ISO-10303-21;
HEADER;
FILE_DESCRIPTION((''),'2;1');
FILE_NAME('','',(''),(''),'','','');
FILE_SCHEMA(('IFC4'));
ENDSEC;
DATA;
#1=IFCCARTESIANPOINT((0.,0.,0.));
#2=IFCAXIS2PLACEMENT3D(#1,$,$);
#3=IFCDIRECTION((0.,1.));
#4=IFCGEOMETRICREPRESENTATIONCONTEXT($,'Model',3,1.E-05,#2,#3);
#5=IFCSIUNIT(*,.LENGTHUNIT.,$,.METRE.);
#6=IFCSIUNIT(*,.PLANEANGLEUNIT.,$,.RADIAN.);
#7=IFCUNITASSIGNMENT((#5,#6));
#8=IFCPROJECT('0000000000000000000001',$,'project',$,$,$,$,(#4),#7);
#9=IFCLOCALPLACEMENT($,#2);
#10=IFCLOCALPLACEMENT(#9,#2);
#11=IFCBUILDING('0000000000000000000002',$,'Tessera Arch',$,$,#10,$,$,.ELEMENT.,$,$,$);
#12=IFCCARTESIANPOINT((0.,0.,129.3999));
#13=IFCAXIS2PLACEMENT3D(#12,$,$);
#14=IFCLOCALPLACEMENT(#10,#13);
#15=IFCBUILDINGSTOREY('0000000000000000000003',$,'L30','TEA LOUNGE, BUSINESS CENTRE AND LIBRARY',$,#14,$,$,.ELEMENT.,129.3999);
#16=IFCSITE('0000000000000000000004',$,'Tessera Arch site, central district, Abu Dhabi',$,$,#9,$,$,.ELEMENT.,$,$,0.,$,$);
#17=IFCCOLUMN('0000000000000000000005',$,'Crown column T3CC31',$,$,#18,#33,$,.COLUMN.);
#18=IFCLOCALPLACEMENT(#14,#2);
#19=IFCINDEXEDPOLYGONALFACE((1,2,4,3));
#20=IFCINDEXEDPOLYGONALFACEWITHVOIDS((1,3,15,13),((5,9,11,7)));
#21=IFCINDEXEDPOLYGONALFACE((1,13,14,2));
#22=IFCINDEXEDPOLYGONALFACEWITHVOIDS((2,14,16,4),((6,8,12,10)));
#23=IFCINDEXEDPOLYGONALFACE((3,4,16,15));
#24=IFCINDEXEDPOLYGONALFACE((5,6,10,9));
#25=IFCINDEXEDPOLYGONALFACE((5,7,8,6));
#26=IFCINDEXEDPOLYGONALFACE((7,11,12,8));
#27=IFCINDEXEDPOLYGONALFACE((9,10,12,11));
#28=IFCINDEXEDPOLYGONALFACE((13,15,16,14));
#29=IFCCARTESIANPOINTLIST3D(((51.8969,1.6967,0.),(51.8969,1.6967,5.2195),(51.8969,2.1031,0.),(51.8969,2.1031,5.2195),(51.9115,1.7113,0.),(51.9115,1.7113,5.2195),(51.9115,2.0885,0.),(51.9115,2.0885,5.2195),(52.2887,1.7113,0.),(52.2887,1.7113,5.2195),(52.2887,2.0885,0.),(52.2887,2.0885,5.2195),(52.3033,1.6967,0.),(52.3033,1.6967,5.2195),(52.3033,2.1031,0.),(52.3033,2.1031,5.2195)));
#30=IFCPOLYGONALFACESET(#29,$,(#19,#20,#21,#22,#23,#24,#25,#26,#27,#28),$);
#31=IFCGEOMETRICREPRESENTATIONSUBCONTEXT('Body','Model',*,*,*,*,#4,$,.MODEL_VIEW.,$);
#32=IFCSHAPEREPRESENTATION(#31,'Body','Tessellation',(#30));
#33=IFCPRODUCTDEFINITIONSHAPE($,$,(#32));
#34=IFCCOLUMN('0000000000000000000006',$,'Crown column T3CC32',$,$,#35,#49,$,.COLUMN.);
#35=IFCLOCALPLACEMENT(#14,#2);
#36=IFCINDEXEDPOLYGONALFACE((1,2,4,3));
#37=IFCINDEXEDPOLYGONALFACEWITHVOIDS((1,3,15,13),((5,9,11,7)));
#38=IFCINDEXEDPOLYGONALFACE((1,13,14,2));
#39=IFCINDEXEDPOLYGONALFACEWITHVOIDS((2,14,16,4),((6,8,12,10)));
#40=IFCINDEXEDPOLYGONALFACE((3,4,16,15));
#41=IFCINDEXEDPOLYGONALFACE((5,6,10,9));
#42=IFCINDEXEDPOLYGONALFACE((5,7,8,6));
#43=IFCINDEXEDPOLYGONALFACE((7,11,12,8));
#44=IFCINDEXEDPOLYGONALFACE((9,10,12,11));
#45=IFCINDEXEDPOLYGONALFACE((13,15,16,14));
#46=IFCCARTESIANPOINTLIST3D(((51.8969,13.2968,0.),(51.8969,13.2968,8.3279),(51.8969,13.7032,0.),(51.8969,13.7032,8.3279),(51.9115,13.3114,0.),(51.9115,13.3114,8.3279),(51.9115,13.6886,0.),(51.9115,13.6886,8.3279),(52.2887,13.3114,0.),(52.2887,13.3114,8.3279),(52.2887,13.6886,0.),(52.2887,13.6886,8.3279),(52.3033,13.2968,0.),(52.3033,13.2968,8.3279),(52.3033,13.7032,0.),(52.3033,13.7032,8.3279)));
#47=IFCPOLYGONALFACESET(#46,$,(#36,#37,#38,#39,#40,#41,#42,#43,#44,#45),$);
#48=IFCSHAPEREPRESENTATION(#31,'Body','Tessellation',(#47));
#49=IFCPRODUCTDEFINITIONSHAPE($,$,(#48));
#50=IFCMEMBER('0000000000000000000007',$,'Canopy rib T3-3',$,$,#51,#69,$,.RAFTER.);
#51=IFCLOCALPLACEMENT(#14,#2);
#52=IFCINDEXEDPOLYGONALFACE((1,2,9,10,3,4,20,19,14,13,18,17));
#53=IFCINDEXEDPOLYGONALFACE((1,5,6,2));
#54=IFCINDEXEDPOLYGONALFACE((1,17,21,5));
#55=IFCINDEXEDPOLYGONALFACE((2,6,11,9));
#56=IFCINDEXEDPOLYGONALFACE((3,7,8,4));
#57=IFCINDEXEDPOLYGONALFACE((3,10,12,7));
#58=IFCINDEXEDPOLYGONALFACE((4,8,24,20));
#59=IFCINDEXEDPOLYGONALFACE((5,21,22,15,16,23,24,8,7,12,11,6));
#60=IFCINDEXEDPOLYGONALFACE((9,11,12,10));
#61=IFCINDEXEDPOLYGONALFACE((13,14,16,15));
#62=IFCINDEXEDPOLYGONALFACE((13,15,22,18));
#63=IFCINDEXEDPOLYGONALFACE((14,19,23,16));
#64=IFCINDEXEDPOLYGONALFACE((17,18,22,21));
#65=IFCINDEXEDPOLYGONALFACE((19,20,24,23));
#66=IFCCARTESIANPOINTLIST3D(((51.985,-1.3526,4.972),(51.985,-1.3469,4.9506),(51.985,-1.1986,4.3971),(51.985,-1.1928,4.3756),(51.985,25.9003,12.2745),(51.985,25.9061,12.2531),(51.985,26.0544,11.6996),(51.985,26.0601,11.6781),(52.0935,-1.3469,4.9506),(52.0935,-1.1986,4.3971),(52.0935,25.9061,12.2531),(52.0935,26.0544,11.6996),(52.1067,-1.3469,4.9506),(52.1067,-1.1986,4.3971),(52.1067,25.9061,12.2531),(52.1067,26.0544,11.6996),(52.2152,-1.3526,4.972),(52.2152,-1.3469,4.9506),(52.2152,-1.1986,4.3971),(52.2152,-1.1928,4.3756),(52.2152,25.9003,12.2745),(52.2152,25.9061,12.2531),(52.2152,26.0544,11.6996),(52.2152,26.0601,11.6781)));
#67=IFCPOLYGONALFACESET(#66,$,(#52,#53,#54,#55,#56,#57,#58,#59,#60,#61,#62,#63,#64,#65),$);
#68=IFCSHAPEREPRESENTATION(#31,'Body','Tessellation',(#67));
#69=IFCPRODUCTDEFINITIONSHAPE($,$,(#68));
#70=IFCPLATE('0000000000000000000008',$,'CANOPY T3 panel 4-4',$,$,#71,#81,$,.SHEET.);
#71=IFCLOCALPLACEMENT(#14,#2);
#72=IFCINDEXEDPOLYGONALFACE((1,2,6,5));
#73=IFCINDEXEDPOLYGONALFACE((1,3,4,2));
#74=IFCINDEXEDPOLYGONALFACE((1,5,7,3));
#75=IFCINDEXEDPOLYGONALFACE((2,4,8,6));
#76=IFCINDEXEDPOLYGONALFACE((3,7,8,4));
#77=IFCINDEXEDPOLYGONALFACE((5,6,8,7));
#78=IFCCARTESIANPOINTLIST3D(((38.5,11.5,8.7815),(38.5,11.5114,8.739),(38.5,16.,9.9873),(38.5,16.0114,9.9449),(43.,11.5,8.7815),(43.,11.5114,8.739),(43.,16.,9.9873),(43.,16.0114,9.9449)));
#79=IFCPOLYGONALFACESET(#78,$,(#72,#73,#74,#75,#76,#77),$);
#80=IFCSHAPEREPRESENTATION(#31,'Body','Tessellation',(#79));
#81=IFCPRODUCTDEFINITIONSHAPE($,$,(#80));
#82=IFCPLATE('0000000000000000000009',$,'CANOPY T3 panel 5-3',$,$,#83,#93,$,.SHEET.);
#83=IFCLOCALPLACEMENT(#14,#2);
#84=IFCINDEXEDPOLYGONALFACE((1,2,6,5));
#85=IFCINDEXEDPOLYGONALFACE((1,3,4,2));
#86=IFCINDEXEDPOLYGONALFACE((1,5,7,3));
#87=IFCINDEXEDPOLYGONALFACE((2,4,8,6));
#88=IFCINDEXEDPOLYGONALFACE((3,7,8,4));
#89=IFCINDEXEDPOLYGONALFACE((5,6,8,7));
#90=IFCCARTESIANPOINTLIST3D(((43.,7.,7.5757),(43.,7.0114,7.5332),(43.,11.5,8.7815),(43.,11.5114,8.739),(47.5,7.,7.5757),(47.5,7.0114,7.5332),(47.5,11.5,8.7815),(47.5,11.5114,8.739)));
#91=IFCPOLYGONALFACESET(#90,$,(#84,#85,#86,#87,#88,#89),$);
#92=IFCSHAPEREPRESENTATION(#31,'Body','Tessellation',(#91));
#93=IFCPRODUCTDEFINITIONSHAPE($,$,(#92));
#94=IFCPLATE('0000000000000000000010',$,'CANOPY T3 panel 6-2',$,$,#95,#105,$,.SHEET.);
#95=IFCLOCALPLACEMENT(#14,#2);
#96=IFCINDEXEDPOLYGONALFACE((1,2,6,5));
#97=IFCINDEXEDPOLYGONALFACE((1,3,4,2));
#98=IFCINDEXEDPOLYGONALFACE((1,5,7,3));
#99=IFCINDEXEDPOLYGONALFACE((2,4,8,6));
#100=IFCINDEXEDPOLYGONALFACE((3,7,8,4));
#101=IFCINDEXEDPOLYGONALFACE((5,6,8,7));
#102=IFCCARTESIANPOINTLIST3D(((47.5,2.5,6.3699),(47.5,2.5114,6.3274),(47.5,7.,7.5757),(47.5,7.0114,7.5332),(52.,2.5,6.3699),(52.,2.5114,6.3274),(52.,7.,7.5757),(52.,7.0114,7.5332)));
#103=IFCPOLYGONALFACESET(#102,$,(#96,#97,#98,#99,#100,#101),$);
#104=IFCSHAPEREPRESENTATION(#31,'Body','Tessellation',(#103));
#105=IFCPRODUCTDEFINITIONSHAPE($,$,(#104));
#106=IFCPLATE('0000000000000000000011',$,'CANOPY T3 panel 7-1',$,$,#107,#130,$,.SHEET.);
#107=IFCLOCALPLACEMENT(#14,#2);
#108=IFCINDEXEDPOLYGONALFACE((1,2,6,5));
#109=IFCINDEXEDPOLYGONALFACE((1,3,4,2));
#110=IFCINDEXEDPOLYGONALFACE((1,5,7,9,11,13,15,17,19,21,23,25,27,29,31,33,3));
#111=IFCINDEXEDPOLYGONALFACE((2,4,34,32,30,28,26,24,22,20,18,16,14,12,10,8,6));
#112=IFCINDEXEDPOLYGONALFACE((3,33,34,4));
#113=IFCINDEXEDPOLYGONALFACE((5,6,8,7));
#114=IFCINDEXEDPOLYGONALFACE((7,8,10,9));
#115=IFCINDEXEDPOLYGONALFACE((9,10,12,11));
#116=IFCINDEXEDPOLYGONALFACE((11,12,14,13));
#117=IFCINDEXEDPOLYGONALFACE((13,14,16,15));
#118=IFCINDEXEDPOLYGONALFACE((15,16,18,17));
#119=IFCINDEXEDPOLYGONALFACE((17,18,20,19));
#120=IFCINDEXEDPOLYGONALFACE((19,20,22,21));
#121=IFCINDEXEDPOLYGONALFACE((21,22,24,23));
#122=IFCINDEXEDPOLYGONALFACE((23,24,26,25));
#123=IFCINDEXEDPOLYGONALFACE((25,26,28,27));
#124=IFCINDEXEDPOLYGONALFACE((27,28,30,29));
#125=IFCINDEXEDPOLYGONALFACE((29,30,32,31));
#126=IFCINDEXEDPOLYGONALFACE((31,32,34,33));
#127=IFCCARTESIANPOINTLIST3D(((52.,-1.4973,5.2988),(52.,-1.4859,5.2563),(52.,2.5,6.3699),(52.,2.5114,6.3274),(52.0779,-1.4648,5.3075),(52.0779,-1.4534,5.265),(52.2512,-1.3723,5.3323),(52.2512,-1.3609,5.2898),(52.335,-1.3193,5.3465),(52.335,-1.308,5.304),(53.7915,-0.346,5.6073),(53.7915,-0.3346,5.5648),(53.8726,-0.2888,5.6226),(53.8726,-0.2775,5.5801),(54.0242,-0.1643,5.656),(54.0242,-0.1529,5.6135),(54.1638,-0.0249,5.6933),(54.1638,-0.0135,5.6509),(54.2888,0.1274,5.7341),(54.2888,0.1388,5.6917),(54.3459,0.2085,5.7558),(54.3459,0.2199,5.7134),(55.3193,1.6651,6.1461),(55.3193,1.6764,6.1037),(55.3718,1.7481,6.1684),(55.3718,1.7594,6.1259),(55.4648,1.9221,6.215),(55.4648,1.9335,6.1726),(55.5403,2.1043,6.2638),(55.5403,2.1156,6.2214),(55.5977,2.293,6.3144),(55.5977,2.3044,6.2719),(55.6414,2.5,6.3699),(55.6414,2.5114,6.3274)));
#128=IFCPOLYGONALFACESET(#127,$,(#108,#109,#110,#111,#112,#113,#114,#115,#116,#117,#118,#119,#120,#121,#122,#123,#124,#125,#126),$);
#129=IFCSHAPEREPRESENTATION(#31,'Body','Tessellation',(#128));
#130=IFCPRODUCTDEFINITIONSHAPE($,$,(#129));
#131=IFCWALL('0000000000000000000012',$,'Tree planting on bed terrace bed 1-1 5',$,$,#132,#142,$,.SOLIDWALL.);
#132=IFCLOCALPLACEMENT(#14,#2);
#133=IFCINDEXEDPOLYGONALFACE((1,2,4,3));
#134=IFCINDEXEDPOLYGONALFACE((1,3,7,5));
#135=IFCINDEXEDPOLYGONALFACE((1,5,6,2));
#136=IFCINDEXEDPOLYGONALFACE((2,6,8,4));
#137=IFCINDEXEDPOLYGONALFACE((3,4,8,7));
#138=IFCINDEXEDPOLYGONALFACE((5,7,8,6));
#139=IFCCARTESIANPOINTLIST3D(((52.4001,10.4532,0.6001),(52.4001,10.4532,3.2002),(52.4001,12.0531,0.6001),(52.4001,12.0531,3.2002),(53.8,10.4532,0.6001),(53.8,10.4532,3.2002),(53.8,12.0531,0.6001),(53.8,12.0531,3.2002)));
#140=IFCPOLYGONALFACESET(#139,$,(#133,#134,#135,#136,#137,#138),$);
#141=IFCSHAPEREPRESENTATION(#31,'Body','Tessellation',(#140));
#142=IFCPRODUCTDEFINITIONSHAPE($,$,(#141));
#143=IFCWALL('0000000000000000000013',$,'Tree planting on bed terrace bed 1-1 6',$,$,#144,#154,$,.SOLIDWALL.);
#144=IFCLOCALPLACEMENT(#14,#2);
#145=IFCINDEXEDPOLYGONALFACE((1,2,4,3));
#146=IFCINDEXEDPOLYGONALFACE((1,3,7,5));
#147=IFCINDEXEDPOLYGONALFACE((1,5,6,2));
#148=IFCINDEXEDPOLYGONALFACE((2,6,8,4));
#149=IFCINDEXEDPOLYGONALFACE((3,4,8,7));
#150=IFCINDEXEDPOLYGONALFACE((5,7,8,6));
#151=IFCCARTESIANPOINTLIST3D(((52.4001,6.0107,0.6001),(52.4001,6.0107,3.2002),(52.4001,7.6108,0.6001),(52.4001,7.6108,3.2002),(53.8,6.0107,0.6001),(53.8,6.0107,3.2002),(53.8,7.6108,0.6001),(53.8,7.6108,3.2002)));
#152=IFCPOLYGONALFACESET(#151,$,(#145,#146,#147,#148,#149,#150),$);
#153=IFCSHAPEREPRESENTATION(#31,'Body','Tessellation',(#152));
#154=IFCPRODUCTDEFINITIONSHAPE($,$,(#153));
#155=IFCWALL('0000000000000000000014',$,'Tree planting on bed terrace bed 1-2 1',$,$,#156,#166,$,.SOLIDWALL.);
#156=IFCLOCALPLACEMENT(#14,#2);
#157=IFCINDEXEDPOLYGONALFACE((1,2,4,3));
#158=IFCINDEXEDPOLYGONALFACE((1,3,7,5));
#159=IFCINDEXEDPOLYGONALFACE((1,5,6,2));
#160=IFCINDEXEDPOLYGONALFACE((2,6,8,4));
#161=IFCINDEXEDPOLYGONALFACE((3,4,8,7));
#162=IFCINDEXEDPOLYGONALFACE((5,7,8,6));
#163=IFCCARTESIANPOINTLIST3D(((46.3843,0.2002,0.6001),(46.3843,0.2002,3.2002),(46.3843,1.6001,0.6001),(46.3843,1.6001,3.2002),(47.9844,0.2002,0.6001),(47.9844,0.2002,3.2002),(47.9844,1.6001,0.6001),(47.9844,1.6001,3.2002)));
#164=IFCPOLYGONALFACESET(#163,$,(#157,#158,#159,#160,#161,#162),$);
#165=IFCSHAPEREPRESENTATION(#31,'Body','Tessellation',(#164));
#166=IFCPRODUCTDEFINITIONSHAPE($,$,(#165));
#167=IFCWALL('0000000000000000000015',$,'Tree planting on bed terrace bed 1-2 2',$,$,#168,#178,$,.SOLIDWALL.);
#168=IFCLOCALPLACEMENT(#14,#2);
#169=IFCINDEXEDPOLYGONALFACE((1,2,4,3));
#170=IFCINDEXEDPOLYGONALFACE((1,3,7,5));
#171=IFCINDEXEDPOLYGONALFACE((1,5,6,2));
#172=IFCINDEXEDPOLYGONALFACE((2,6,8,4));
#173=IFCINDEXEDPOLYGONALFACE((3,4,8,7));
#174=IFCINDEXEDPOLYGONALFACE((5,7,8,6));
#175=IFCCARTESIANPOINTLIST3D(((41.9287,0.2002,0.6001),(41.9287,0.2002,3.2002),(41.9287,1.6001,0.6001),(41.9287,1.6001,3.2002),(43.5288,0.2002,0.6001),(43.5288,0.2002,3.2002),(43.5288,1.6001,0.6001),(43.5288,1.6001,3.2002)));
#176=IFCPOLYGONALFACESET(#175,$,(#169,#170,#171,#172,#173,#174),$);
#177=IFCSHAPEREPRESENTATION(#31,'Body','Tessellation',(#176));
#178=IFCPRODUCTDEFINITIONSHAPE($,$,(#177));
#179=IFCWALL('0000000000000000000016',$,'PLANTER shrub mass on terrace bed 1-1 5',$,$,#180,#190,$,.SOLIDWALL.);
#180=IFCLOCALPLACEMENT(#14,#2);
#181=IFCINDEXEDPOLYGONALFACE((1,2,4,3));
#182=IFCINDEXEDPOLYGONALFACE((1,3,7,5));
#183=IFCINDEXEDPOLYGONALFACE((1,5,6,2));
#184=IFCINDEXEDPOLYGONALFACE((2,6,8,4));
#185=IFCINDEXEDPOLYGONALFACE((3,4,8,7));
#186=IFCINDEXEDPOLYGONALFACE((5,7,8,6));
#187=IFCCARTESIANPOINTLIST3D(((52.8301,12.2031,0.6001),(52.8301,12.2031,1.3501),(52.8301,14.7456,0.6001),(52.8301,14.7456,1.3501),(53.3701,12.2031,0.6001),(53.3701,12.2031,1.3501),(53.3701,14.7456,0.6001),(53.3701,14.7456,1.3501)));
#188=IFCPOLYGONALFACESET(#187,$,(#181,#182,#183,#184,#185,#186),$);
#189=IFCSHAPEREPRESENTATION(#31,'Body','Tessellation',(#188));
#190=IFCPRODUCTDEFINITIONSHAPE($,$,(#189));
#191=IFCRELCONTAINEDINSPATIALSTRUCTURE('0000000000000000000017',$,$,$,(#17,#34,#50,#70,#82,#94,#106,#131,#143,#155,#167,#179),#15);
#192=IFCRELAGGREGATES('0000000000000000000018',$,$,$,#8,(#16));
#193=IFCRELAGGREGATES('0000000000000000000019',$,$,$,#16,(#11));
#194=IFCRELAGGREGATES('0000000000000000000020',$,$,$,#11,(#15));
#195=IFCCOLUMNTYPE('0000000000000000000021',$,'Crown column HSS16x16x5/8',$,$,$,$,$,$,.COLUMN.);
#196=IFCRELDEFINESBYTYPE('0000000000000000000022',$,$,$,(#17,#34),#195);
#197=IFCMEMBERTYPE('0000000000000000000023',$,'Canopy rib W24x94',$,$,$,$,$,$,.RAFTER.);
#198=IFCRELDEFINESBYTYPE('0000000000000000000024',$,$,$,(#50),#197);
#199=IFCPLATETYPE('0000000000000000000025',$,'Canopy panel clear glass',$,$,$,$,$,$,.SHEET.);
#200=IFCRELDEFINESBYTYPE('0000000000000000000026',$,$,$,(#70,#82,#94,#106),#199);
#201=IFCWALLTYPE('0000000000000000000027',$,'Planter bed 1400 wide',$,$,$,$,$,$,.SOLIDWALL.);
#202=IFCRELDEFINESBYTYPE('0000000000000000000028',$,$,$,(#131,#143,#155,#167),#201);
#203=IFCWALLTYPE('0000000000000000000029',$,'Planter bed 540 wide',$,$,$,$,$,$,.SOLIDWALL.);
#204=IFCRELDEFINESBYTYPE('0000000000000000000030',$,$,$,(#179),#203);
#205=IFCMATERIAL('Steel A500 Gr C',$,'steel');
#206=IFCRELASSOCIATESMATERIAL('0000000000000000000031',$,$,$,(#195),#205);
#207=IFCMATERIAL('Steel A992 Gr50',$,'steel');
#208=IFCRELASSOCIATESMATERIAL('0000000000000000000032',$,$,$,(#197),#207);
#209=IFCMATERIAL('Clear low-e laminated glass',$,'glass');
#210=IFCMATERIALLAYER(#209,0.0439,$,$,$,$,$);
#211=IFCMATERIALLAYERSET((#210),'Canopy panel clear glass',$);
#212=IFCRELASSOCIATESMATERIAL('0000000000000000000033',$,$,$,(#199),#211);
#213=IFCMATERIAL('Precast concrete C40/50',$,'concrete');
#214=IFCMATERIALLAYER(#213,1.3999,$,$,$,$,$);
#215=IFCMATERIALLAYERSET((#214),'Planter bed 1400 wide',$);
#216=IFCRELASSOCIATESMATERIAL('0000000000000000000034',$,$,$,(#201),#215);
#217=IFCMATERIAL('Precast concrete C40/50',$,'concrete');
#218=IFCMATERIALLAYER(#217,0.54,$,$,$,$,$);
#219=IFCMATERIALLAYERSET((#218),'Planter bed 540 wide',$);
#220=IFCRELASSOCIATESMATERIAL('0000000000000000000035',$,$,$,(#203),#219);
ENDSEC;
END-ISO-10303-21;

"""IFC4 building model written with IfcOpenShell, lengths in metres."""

from ifc_helpers import new_model, si_unit, direction, frame, frame_2d, origin, origin_2d, place, context, subcontext, project, spatial, polyline, rectangle, hollow_rectangle, i_section, outline, extrude, material, layer, layer_set, material_profile, profile_set, type_object, element, save


model = new_model("IFC4")

# Units and contexts
model_context = context("Model", 3, precision=1e-05, world=origin(), true_north=direction((0.0, 1.0)))
body_context = subcontext(model_context, "Body", "Model", "MODEL_VIEW")
ifc_project = project(units=[si_unit("LENGTHUNIT", "METRE"), si_unit("PLANEANGLEUNIT", "RADIAN")], contexts=[model_context])

# Site, building, storey
site_placement = place(None, origin())
site = spatial("IfcSite", under=ifc_project, at=site_placement, Name="Tessera Arch site, central district, Abu Dhabi", CompositionType="ELEMENT", RefElevation=0.0)
building_placement = place(site_placement, origin())
building = spatial("IfcBuilding", under=site, at=building_placement, Name="Tessera Arch", CompositionType="ELEMENT")
storey_placement = place(building_placement, frame((0.0, 0.0, 129.3999)))
storey = spatial("IfcBuildingStorey", under=building, at=storey_placement, Name="L30", Description="TEA LOUNGE, BUSINESS CENTRE AND LIBRARY", CompositionType="ELEMENT", Elevation=129.3999)

# Columns
ifc_material_1 = material(Name="Steel A500 Gr C", Category="steel")
ifc_material_profile_1 = material_profile(ifc_material_1, hollow_rectangle(XDim=0.4065, YDim=0.4065, WallThickness=0.0146, at=origin_2d()), Name="HSS16x16x5/8")
ifc_profile_set_1 = profile_set([ifc_material_profile_1], Name="Steel A500 Gr C")
column_type = type_object("IfcColumnType", Name="Crown column HSS16x16x5/8", PredefinedType="COLUMN", material=ifc_profile_set_1)
column_1_placement = place(storey_placement, frame((52.1001, 1.8999, 0.0), z_axis=(0.0, 0.0, 1.0), x_axis=(1.0, 0.0, 0.0)))
element("IfcColumn", 1, at=column_1_placement, inside=storey, type_object=column_type, Name="Crown column T3CC31", PredefinedType="COLUMN", context=body_context, shape_type="SweptSolid", body=[
    extrude(hollow_rectangle(XDim=0.4065, YDim=0.4065, WallThickness=0.0146, at=origin_2d()), origin(), (0.0, 0.0, 1.0), 5.2195),
])
column_2_placement = place(storey_placement, frame((52.1001, 13.5, 0.0), z_axis=(0.0, 0.0, 1.0), x_axis=(1.0, 0.0, 0.0)))
element("IfcColumn", 2, at=column_2_placement, inside=storey, type_object=column_type, Name="Crown column T3CC32", PredefinedType="COLUMN", context=body_context, shape_type="SweptSolid", body=[
    extrude(hollow_rectangle(XDim=0.4065, YDim=0.4065, WallThickness=0.0146, at=origin_2d()), origin(), (0.0, 0.0, 1.0), 8.3279),
])

# Member
ifc_material_2 = material(Name="Steel A992 Gr50", Category="steel")
ifc_material_profile_2 = material_profile(ifc_material_2, i_section(OverallWidth=0.2302, OverallDepth=0.6174, WebThickness=0.0132, FlangeThickness=0.0222, at=origin_2d()), Name="W24x94")
ifc_profile_set_2 = profile_set([ifc_material_profile_2], Name="Steel A992 Gr50")
member_type = type_object("IfcMemberType", Name="Canopy rib W24x94", PredefinedType="RAFTER", material=ifc_profile_set_2)
member_placement = place(storey_placement, frame((52.1001, -1.2727, 4.6738), z_axis=(0.0, 0.965925, 0.258822), x_axis=(-1.0, 0.0, 0.0)))
element("IfcMember", 3, at=member_placement, inside=storey, type_object=member_type, Name="Canopy rib T3-3", PredefinedType="RAFTER", context=body_context, shape_type="SweptSolid", body=[
    extrude(i_section(OverallWidth=0.2302, OverallDepth=0.6174, WebThickness=0.0132, FlangeThickness=0.0222, at=origin_2d()), origin(), (0.0, 0.0, 1.0), 28.2144),
])

# Plates
ifc_material_3 = material(Name="Clear low-e laminated glass", Category="glass")
ifc_layer_1 = layer(ifc_material_3, 0.0439)
ifc_layer_set_1 = layer_set([ifc_layer_1], Name="Canopy panel clear glass")
plate_type = type_object("IfcPlateType", Name="Canopy panel clear glass", PredefinedType="SHEET", material=ifc_layer_set_1)
for number, where, z_axis, x_axis, name in (
    (4, (43.0, 11.5, 8.7815), (0.0, -0.258827, 0.965924), (0.0, 0.965924, 0.258827), "CANOPY T3 panel 4-4"),
    (5, (47.5, 7.0, 7.5757), (0.0, -0.258827, 0.965924), (0.0, 0.965924, 0.258827), "CANOPY T3 panel 5-3"),
    (6, (52.0, 2.5, 6.3699), (0.0, -0.258827, 0.965924), (0.0, 0.965924, 0.258827), "CANOPY T3 panel 6-2"),
):
    element("IfcPlate", number, at=place(storey_placement, frame(where, z_axis=z_axis, x_axis=x_axis)), inside=storey, type_object=plate_type, Name=name, PredefinedType="SHEET", context=body_context, shape_type="SweptSolid", body=[
        extrude(outline(polyline([(0.0, 0.0), (4.6588, 0.0), (4.6588, 4.5), (0.0, 4.5), (0.0, 0.0)])), origin(), (0.0, 0.0, -1.0), 0.0439),
    ])
plate_placement = place(storey_placement, frame((52.0, 2.5, 6.3699), z_axis=(0.000003, -0.258825, 0.965924), x_axis=(0.0, -0.965924, -0.258825)))
element("IfcPlate", 7, at=plate_placement, inside=storey, type_object=plate_type, Name="CANOPY T3 panel 7-1", PredefinedType="SHEET", context=body_context, shape_type="SweptSolid", body=[
    extrude(outline(polyline([(0.0, 0.0), (4.1383, 0.0), (4.1047, 0.0779), (4.0089, 0.2512), (3.9541, 0.335), (2.9464, 1.7915), (2.8872, 1.8726), (2.7583, 2.0242), (2.614, 2.1638), (2.4563, 2.2888), (2.3723, 2.3459), (0.8644, 3.3193), (0.7785, 3.3718), (0.5983, 3.4648), (0.4097, 3.5403), (0.2143, 3.5977), (0.0, 3.6414), (0.0, 0.0)])), origin(), (0.0, 0.0, -1.0), 0.0439),
])

# Walls
ifc_material_4 = material(Name="Precast concrete C40/50", Category="concrete")
ifc_layer_2 = layer(ifc_material_4, 1.3999)
ifc_layer_set_2 = layer_set([ifc_layer_2], Name="Planter bed 1400 wide")
wall_type_1 = type_object("IfcWallType", Name="Planter bed 1400 wide", PredefinedType="SOLIDWALL", material=ifc_layer_set_2)
wall_1_placement = place(storey_placement, frame((53.1001, 12.053, 0.6001), z_axis=(0.0, 0.0, 1.0), x_axis=(0.0, -1.0, 0.0)))
element("IfcWall", 8, at=wall_1_placement, inside=storey, type_object=wall_type_1, Name="Tree planting on bed terrace bed 1-1 5", PredefinedType="SOLIDWALL", context=body_context, shape_type="SweptSolid", body=[
    extrude(rectangle(XDim=1.5999, YDim=1.3999, at=frame_2d((0.7998, 0.0))), origin(), (0.0, 0.0, 1.0), 2.6001),
])
for number, where, z_axis, x_axis, name in (
    (9, (53.1001, 7.6108, 0.6001), (0.0, 0.0, 1.0), (0.0, -1.0, 0.0), "Tree planting on bed terrace bed 1-1 6"),
    (10, (47.9844, 0.9001, 0.6001), (0.0, 0.0, 1.0), (-1.0, 0.0, 0.0), "Tree planting on bed terrace bed 1-2 1"),
    (11, (43.5288, 0.9001, 0.6001), (0.0, 0.0, 1.0), (-1.0, 0.0, 0.0), "Tree planting on bed terrace bed 1-2 2"),
):
    element("IfcWall", number, at=place(storey_placement, frame(where, z_axis=z_axis, x_axis=x_axis)), inside=storey, type_object=wall_type_1, Name=name, PredefinedType="SOLIDWALL", context=body_context, shape_type="SweptSolid", body=[
        extrude(rectangle(XDim=1.6001, YDim=1.3999, at=frame_2d((0.8, 0.0))), origin(), (0.0, 0.0, 1.0), 2.6001),
    ])
ifc_material_5 = material(Name="Precast concrete C40/50", Category="concrete")
ifc_layer_3 = layer(ifc_material_5, 0.54)
ifc_layer_set_3 = layer_set([ifc_layer_3], Name="Planter bed 540 wide")
wall_type_2 = type_object("IfcWallType", Name="Planter bed 540 wide", PredefinedType="SOLIDWALL", material=ifc_layer_set_3)
wall_2_placement = place(storey_placement, frame((53.1001, 14.7456, 0.6001), z_axis=(0.0, 0.0, 1.0), x_axis=(0.0, -1.0, 0.0)))
element("IfcWall", 12, at=wall_2_placement, inside=storey, type_object=wall_type_2, Name="PLANTER shrub mass on terrace bed 1-1 5", PredefinedType="SOLIDWALL", context=body_context, shape_type="SweptSolid", body=[
    extrude(rectangle(XDim=2.5425, YDim=0.54, at=frame_2d((1.2712, 0.0))), origin(), (0.0, 0.0, 1.0), 0.75),
])

save(model, "model.ifc")
